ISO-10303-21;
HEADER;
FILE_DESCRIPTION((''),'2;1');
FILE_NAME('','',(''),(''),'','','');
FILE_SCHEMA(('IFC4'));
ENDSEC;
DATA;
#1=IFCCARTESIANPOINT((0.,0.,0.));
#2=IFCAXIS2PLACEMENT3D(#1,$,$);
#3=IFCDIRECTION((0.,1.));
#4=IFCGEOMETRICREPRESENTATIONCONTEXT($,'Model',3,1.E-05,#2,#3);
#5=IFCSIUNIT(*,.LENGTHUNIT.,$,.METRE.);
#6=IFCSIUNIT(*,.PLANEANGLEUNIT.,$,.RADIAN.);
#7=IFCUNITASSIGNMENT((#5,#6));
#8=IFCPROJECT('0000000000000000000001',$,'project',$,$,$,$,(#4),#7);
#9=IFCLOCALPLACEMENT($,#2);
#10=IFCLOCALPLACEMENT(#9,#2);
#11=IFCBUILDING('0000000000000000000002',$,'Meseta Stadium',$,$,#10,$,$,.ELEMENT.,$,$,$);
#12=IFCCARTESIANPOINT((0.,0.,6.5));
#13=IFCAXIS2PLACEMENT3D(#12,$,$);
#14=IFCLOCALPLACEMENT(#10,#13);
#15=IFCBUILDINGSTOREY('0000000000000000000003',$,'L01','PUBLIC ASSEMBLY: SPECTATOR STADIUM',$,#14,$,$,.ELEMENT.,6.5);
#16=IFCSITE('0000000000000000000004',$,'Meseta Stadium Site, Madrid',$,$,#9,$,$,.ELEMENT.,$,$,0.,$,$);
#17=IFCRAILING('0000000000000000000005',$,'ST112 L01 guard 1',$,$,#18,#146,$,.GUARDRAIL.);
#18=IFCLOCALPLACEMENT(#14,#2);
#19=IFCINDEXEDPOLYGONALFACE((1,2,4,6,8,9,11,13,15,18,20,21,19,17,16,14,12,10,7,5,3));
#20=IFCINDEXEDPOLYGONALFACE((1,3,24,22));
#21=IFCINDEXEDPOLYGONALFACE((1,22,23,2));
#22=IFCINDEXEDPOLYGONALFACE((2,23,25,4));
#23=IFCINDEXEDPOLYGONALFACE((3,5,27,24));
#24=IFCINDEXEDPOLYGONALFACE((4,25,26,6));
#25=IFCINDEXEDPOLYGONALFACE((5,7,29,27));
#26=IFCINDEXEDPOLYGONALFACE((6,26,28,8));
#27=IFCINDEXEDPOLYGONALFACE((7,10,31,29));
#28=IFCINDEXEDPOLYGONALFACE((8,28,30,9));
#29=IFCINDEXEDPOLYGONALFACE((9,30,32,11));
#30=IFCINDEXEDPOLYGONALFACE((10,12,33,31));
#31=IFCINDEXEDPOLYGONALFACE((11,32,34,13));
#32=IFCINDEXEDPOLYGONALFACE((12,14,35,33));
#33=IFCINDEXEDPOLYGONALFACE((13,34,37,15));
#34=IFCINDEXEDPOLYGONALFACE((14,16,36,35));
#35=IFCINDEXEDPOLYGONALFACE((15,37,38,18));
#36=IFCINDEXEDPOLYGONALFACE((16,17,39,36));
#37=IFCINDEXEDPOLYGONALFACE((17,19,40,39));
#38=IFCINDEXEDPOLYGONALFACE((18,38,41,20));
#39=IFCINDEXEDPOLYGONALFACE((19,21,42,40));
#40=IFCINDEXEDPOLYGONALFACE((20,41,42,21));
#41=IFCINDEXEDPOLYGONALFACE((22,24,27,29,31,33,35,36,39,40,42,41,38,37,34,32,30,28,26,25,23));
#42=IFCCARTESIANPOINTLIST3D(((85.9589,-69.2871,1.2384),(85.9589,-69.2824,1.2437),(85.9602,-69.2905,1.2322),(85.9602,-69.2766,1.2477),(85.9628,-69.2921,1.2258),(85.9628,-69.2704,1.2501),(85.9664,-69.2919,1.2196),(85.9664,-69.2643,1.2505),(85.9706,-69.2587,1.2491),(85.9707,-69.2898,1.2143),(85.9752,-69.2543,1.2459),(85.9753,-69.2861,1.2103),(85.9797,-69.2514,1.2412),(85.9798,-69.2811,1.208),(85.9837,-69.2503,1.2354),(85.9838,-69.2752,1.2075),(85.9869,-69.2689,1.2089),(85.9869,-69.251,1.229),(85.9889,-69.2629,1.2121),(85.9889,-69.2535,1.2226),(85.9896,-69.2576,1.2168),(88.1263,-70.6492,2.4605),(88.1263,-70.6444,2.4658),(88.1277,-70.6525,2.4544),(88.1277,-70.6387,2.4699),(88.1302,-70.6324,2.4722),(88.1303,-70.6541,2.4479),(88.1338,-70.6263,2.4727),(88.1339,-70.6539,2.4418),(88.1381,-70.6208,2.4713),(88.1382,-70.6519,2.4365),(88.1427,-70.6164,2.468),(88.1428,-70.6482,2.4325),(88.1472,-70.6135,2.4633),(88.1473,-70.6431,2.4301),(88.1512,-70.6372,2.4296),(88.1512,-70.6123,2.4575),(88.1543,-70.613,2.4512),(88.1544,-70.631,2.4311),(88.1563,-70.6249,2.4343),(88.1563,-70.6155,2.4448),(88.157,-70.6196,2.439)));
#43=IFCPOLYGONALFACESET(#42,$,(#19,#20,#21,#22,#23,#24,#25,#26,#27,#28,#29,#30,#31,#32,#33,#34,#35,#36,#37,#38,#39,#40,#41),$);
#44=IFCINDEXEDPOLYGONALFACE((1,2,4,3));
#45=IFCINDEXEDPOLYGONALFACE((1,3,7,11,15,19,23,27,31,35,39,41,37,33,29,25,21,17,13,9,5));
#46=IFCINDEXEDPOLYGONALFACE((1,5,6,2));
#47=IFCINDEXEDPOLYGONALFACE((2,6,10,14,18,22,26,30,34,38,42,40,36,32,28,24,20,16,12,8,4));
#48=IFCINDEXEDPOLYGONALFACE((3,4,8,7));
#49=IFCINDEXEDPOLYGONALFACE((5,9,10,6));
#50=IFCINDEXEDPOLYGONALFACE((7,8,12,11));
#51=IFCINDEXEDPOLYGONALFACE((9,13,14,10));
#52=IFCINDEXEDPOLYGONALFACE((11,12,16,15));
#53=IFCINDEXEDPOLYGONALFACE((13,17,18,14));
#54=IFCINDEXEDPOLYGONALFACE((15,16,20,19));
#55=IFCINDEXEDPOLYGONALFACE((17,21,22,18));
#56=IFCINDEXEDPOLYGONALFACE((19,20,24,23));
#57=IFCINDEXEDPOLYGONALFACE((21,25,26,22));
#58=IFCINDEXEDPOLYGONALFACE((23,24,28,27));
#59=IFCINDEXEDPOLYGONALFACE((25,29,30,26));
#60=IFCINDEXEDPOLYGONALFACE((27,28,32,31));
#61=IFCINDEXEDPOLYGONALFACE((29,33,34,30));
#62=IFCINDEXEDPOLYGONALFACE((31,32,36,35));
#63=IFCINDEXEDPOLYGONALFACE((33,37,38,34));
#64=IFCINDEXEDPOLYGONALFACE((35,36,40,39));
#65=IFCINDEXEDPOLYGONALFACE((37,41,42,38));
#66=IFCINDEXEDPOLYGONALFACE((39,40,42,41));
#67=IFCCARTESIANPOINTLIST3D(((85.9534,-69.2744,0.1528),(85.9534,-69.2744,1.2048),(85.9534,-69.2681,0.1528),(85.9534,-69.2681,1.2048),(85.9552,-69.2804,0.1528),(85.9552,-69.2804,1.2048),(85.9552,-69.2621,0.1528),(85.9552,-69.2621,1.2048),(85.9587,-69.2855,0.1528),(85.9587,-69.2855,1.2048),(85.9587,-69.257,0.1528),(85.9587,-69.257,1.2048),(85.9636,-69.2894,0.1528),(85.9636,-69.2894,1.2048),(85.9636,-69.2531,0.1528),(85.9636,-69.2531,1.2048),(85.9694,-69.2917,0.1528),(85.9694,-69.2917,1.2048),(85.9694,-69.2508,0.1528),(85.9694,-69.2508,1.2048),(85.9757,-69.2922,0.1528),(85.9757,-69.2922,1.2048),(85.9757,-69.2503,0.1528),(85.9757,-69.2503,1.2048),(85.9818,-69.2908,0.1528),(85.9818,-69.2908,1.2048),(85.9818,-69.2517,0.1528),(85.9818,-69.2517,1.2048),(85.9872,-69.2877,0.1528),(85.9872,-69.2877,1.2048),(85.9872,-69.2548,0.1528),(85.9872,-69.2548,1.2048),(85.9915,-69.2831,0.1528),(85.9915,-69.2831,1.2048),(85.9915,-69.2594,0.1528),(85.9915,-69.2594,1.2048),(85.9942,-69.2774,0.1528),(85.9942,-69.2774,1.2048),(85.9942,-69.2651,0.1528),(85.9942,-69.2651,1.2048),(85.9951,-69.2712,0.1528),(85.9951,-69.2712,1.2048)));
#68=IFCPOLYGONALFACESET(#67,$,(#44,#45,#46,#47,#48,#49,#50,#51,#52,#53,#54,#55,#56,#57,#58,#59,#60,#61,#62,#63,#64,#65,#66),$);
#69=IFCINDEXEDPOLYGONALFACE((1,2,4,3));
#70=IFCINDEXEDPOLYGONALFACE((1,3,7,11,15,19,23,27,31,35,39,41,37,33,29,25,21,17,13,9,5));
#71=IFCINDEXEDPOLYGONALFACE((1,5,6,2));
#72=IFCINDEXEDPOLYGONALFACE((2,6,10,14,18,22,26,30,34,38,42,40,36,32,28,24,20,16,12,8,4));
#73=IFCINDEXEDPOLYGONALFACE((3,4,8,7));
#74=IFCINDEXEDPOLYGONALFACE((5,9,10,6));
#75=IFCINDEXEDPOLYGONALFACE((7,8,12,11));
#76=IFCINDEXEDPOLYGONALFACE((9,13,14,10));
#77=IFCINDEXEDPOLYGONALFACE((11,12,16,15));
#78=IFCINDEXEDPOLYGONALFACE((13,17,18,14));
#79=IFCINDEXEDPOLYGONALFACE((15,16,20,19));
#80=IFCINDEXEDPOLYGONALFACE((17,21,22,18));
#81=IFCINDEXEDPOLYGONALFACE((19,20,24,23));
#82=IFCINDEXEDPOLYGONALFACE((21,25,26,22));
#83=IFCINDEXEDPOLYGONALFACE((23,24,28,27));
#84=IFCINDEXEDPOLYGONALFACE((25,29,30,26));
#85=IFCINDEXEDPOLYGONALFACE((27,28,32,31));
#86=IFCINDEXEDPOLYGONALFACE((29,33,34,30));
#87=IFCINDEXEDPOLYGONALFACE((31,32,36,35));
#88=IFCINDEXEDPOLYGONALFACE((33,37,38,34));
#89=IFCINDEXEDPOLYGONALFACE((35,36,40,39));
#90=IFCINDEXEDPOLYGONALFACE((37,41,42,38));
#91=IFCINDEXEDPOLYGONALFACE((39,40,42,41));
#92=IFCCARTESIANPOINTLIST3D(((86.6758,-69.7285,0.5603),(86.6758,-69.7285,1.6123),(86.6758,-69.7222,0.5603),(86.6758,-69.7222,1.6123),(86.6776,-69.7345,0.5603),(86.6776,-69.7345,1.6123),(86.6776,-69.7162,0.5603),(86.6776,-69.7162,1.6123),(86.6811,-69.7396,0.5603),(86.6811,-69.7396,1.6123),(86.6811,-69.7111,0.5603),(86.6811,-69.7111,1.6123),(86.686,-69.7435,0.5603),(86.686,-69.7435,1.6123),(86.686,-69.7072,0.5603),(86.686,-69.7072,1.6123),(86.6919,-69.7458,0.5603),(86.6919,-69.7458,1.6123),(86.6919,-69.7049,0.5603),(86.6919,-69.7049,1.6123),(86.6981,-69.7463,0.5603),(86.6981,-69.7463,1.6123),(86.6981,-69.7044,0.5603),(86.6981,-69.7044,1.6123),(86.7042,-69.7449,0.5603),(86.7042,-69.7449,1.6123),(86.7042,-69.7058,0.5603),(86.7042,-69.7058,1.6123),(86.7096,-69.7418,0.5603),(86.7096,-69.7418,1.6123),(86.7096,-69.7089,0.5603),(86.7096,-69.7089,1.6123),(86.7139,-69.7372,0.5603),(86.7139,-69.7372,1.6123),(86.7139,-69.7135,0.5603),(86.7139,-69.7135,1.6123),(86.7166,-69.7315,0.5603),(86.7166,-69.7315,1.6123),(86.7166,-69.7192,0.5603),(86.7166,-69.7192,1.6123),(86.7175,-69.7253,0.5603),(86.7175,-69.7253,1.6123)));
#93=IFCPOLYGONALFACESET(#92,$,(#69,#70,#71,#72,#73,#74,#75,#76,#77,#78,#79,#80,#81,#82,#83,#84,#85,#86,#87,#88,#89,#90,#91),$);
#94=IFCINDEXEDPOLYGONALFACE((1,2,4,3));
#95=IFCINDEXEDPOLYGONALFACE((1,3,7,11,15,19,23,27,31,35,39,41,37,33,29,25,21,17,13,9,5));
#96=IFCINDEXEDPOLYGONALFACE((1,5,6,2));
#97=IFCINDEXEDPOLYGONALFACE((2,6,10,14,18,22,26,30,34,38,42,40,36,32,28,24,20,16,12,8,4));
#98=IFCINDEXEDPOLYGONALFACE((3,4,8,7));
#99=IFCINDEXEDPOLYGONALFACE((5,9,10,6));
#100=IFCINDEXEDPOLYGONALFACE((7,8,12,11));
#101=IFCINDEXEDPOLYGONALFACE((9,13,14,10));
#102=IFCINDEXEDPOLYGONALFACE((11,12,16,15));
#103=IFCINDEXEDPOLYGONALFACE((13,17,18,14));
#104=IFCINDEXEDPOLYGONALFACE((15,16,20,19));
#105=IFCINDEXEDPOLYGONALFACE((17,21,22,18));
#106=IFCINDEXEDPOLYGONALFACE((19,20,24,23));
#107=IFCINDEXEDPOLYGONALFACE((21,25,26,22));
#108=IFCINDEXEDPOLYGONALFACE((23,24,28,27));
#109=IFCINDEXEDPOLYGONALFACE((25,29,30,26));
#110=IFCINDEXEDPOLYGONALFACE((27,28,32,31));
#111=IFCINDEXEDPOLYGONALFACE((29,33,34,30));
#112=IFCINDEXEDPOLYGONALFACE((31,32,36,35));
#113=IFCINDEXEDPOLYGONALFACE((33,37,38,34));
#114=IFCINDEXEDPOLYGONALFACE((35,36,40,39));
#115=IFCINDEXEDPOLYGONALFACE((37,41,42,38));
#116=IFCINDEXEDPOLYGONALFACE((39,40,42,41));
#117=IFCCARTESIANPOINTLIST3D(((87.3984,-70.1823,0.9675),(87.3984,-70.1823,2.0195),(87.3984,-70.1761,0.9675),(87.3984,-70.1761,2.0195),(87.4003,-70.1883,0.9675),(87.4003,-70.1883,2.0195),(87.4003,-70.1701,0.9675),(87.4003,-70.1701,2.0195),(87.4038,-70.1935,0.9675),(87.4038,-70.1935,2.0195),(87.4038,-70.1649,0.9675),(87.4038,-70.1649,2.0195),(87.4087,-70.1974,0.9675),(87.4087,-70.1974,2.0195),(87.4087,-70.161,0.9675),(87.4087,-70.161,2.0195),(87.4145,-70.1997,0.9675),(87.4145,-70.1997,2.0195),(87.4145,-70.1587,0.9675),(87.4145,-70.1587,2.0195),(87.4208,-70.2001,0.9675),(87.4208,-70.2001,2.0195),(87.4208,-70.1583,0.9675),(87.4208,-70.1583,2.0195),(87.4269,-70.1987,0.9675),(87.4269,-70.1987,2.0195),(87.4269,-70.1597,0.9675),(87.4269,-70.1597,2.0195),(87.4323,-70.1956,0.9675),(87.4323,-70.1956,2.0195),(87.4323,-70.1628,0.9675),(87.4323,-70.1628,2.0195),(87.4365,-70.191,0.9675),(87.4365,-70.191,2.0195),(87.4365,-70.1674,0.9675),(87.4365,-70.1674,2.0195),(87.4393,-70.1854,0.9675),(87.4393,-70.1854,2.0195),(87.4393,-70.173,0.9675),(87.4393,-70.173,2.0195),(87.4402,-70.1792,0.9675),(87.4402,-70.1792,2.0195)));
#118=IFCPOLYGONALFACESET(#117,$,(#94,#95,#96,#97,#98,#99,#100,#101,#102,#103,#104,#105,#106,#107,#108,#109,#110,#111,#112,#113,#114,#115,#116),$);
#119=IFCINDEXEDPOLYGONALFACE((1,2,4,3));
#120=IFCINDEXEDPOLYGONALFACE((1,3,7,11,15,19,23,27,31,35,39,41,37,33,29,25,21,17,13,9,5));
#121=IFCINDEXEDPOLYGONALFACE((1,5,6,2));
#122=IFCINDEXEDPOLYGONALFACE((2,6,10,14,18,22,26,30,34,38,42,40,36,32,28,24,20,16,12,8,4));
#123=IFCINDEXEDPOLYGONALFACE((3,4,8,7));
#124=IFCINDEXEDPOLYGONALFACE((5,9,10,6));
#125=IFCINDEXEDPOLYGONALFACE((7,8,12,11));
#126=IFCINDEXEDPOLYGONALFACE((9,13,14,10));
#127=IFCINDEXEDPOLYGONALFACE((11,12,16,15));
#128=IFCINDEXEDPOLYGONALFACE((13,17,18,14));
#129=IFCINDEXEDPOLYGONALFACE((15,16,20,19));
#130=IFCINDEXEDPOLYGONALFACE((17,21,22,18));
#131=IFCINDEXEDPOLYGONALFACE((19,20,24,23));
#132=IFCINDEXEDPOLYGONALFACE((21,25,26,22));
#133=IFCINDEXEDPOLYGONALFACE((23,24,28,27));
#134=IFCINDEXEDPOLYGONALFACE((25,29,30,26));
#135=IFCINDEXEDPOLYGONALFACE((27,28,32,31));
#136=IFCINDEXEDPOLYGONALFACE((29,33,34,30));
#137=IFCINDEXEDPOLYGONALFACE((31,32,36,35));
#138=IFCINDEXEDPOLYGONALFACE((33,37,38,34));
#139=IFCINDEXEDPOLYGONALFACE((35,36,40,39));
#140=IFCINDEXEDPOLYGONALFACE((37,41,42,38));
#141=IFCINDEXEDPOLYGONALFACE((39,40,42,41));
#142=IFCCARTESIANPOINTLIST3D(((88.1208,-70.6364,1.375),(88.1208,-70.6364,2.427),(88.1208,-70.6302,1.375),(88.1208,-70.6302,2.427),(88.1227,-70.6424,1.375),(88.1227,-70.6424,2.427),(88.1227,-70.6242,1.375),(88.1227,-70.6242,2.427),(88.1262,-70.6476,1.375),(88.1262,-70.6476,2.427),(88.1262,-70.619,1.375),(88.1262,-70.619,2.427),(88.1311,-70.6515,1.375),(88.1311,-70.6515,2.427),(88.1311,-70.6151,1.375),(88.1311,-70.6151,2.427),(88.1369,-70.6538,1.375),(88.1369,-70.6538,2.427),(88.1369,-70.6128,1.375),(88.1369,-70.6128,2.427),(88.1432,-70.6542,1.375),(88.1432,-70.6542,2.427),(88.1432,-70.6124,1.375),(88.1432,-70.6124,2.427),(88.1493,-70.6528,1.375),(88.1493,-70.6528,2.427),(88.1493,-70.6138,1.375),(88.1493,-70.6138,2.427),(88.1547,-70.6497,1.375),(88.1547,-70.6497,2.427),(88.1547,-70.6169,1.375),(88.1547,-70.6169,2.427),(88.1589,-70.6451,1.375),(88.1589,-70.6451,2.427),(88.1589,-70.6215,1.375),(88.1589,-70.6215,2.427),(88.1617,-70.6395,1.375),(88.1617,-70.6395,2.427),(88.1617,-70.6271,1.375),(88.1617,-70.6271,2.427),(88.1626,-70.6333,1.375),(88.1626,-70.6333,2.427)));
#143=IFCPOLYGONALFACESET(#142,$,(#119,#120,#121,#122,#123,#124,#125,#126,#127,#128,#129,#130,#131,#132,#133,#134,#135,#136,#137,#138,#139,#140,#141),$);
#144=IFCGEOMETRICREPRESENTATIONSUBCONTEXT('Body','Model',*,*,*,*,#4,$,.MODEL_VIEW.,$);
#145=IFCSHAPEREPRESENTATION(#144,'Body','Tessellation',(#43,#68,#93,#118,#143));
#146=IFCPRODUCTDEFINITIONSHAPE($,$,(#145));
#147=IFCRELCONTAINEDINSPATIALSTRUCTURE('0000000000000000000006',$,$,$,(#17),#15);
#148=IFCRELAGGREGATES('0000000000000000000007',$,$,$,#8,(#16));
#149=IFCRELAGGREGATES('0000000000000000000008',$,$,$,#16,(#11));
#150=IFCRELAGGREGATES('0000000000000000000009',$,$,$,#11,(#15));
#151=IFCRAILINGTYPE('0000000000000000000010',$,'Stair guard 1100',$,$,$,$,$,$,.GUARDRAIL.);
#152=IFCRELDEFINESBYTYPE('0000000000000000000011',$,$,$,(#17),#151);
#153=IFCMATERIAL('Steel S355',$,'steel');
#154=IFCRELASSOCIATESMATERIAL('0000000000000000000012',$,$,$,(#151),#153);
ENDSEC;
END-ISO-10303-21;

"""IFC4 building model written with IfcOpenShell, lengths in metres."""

from ifc_helpers import new_model, si_unit, direction, frame, origin, origin_2d, place, context, subcontext, project, spatial, circle, extrude, material, type_object, element, save


model = new_model("IFC4")

# Units and contexts
model_context = context("Model", 3, precision=1e-05, world=origin(), true_north=direction((0.0, 1.0)))
body_context = subcontext(model_context, "Body", "Model", "MODEL_VIEW")
ifc_project = project(units=[si_unit("LENGTHUNIT", "METRE"), si_unit("PLANEANGLEUNIT", "RADIAN")], contexts=[model_context])

# Site, building, storey
site_placement = place(None, origin())
site = spatial("IfcSite", under=ifc_project, at=site_placement, Name="Meseta Stadium Site, Madrid", CompositionType="ELEMENT", RefElevation=0.0)
building_placement = place(site_placement, origin())
building = spatial("IfcBuilding", under=site, at=building_placement, Name="Meseta Stadium", CompositionType="ELEMENT")
storey_placement = place(building_placement, frame((0.0, 0.0, 6.5)))
storey = spatial("IfcBuildingStorey", under=building, at=storey_placement, Name="L01", Description="PUBLIC ASSEMBLY: SPECTATOR STADIUM", CompositionType="ELEMENT", Elevation=6.5)

# Railing
ifc_material_1 = material(Name="Steel S355", Category="steel")
railing_type_1 = type_object("IfcRailingType", Name="Stair guard 1100", PredefinedType="GUARDRAIL", material=ifc_material_1)
railing_1_placement = place(storey_placement, frame((85.9741, -69.2712, 0.1528)))
element("IfcRailing", 1, at=railing_1_placement, inside=storey, type_object=railing_type_1, Name="ST112 L01 guard 1", PredefinedType="GUARDRAIL", context=body_context, shape_type="SweptSolid", body=[
    extrude(circle(Radius=0.0239, at=origin_2d()), frame((0.0, 0.0, 1.0762), z_axis=(0.764085, -0.480156, 0.430841), x_axis=(0.532072, 0.846699, 0.0)), (0.0, 0.0, 1.0), 2.8367),
    extrude(circle(Radius=0.021, at=origin_2d()), origin(), (0.0, 0.0, 1.0), 1.052),
    extrude(circle(Radius=0.021, at=origin_2d()), frame((0.7224, -0.4541, 0.4075)), (0.0, 0.0, 1.0), 1.052),
    extrude(circle(Radius=0.021, at=origin_2d()), frame((1.4451, -0.908, 0.8147)), (0.0, 0.0, 1.0), 1.052),
    extrude(circle(Radius=0.021, at=origin_2d()), frame((2.1675, -1.3621, 1.2222)), (0.0, 0.0, 1.0), 1.052),
])

save(model, "model.ifc")
